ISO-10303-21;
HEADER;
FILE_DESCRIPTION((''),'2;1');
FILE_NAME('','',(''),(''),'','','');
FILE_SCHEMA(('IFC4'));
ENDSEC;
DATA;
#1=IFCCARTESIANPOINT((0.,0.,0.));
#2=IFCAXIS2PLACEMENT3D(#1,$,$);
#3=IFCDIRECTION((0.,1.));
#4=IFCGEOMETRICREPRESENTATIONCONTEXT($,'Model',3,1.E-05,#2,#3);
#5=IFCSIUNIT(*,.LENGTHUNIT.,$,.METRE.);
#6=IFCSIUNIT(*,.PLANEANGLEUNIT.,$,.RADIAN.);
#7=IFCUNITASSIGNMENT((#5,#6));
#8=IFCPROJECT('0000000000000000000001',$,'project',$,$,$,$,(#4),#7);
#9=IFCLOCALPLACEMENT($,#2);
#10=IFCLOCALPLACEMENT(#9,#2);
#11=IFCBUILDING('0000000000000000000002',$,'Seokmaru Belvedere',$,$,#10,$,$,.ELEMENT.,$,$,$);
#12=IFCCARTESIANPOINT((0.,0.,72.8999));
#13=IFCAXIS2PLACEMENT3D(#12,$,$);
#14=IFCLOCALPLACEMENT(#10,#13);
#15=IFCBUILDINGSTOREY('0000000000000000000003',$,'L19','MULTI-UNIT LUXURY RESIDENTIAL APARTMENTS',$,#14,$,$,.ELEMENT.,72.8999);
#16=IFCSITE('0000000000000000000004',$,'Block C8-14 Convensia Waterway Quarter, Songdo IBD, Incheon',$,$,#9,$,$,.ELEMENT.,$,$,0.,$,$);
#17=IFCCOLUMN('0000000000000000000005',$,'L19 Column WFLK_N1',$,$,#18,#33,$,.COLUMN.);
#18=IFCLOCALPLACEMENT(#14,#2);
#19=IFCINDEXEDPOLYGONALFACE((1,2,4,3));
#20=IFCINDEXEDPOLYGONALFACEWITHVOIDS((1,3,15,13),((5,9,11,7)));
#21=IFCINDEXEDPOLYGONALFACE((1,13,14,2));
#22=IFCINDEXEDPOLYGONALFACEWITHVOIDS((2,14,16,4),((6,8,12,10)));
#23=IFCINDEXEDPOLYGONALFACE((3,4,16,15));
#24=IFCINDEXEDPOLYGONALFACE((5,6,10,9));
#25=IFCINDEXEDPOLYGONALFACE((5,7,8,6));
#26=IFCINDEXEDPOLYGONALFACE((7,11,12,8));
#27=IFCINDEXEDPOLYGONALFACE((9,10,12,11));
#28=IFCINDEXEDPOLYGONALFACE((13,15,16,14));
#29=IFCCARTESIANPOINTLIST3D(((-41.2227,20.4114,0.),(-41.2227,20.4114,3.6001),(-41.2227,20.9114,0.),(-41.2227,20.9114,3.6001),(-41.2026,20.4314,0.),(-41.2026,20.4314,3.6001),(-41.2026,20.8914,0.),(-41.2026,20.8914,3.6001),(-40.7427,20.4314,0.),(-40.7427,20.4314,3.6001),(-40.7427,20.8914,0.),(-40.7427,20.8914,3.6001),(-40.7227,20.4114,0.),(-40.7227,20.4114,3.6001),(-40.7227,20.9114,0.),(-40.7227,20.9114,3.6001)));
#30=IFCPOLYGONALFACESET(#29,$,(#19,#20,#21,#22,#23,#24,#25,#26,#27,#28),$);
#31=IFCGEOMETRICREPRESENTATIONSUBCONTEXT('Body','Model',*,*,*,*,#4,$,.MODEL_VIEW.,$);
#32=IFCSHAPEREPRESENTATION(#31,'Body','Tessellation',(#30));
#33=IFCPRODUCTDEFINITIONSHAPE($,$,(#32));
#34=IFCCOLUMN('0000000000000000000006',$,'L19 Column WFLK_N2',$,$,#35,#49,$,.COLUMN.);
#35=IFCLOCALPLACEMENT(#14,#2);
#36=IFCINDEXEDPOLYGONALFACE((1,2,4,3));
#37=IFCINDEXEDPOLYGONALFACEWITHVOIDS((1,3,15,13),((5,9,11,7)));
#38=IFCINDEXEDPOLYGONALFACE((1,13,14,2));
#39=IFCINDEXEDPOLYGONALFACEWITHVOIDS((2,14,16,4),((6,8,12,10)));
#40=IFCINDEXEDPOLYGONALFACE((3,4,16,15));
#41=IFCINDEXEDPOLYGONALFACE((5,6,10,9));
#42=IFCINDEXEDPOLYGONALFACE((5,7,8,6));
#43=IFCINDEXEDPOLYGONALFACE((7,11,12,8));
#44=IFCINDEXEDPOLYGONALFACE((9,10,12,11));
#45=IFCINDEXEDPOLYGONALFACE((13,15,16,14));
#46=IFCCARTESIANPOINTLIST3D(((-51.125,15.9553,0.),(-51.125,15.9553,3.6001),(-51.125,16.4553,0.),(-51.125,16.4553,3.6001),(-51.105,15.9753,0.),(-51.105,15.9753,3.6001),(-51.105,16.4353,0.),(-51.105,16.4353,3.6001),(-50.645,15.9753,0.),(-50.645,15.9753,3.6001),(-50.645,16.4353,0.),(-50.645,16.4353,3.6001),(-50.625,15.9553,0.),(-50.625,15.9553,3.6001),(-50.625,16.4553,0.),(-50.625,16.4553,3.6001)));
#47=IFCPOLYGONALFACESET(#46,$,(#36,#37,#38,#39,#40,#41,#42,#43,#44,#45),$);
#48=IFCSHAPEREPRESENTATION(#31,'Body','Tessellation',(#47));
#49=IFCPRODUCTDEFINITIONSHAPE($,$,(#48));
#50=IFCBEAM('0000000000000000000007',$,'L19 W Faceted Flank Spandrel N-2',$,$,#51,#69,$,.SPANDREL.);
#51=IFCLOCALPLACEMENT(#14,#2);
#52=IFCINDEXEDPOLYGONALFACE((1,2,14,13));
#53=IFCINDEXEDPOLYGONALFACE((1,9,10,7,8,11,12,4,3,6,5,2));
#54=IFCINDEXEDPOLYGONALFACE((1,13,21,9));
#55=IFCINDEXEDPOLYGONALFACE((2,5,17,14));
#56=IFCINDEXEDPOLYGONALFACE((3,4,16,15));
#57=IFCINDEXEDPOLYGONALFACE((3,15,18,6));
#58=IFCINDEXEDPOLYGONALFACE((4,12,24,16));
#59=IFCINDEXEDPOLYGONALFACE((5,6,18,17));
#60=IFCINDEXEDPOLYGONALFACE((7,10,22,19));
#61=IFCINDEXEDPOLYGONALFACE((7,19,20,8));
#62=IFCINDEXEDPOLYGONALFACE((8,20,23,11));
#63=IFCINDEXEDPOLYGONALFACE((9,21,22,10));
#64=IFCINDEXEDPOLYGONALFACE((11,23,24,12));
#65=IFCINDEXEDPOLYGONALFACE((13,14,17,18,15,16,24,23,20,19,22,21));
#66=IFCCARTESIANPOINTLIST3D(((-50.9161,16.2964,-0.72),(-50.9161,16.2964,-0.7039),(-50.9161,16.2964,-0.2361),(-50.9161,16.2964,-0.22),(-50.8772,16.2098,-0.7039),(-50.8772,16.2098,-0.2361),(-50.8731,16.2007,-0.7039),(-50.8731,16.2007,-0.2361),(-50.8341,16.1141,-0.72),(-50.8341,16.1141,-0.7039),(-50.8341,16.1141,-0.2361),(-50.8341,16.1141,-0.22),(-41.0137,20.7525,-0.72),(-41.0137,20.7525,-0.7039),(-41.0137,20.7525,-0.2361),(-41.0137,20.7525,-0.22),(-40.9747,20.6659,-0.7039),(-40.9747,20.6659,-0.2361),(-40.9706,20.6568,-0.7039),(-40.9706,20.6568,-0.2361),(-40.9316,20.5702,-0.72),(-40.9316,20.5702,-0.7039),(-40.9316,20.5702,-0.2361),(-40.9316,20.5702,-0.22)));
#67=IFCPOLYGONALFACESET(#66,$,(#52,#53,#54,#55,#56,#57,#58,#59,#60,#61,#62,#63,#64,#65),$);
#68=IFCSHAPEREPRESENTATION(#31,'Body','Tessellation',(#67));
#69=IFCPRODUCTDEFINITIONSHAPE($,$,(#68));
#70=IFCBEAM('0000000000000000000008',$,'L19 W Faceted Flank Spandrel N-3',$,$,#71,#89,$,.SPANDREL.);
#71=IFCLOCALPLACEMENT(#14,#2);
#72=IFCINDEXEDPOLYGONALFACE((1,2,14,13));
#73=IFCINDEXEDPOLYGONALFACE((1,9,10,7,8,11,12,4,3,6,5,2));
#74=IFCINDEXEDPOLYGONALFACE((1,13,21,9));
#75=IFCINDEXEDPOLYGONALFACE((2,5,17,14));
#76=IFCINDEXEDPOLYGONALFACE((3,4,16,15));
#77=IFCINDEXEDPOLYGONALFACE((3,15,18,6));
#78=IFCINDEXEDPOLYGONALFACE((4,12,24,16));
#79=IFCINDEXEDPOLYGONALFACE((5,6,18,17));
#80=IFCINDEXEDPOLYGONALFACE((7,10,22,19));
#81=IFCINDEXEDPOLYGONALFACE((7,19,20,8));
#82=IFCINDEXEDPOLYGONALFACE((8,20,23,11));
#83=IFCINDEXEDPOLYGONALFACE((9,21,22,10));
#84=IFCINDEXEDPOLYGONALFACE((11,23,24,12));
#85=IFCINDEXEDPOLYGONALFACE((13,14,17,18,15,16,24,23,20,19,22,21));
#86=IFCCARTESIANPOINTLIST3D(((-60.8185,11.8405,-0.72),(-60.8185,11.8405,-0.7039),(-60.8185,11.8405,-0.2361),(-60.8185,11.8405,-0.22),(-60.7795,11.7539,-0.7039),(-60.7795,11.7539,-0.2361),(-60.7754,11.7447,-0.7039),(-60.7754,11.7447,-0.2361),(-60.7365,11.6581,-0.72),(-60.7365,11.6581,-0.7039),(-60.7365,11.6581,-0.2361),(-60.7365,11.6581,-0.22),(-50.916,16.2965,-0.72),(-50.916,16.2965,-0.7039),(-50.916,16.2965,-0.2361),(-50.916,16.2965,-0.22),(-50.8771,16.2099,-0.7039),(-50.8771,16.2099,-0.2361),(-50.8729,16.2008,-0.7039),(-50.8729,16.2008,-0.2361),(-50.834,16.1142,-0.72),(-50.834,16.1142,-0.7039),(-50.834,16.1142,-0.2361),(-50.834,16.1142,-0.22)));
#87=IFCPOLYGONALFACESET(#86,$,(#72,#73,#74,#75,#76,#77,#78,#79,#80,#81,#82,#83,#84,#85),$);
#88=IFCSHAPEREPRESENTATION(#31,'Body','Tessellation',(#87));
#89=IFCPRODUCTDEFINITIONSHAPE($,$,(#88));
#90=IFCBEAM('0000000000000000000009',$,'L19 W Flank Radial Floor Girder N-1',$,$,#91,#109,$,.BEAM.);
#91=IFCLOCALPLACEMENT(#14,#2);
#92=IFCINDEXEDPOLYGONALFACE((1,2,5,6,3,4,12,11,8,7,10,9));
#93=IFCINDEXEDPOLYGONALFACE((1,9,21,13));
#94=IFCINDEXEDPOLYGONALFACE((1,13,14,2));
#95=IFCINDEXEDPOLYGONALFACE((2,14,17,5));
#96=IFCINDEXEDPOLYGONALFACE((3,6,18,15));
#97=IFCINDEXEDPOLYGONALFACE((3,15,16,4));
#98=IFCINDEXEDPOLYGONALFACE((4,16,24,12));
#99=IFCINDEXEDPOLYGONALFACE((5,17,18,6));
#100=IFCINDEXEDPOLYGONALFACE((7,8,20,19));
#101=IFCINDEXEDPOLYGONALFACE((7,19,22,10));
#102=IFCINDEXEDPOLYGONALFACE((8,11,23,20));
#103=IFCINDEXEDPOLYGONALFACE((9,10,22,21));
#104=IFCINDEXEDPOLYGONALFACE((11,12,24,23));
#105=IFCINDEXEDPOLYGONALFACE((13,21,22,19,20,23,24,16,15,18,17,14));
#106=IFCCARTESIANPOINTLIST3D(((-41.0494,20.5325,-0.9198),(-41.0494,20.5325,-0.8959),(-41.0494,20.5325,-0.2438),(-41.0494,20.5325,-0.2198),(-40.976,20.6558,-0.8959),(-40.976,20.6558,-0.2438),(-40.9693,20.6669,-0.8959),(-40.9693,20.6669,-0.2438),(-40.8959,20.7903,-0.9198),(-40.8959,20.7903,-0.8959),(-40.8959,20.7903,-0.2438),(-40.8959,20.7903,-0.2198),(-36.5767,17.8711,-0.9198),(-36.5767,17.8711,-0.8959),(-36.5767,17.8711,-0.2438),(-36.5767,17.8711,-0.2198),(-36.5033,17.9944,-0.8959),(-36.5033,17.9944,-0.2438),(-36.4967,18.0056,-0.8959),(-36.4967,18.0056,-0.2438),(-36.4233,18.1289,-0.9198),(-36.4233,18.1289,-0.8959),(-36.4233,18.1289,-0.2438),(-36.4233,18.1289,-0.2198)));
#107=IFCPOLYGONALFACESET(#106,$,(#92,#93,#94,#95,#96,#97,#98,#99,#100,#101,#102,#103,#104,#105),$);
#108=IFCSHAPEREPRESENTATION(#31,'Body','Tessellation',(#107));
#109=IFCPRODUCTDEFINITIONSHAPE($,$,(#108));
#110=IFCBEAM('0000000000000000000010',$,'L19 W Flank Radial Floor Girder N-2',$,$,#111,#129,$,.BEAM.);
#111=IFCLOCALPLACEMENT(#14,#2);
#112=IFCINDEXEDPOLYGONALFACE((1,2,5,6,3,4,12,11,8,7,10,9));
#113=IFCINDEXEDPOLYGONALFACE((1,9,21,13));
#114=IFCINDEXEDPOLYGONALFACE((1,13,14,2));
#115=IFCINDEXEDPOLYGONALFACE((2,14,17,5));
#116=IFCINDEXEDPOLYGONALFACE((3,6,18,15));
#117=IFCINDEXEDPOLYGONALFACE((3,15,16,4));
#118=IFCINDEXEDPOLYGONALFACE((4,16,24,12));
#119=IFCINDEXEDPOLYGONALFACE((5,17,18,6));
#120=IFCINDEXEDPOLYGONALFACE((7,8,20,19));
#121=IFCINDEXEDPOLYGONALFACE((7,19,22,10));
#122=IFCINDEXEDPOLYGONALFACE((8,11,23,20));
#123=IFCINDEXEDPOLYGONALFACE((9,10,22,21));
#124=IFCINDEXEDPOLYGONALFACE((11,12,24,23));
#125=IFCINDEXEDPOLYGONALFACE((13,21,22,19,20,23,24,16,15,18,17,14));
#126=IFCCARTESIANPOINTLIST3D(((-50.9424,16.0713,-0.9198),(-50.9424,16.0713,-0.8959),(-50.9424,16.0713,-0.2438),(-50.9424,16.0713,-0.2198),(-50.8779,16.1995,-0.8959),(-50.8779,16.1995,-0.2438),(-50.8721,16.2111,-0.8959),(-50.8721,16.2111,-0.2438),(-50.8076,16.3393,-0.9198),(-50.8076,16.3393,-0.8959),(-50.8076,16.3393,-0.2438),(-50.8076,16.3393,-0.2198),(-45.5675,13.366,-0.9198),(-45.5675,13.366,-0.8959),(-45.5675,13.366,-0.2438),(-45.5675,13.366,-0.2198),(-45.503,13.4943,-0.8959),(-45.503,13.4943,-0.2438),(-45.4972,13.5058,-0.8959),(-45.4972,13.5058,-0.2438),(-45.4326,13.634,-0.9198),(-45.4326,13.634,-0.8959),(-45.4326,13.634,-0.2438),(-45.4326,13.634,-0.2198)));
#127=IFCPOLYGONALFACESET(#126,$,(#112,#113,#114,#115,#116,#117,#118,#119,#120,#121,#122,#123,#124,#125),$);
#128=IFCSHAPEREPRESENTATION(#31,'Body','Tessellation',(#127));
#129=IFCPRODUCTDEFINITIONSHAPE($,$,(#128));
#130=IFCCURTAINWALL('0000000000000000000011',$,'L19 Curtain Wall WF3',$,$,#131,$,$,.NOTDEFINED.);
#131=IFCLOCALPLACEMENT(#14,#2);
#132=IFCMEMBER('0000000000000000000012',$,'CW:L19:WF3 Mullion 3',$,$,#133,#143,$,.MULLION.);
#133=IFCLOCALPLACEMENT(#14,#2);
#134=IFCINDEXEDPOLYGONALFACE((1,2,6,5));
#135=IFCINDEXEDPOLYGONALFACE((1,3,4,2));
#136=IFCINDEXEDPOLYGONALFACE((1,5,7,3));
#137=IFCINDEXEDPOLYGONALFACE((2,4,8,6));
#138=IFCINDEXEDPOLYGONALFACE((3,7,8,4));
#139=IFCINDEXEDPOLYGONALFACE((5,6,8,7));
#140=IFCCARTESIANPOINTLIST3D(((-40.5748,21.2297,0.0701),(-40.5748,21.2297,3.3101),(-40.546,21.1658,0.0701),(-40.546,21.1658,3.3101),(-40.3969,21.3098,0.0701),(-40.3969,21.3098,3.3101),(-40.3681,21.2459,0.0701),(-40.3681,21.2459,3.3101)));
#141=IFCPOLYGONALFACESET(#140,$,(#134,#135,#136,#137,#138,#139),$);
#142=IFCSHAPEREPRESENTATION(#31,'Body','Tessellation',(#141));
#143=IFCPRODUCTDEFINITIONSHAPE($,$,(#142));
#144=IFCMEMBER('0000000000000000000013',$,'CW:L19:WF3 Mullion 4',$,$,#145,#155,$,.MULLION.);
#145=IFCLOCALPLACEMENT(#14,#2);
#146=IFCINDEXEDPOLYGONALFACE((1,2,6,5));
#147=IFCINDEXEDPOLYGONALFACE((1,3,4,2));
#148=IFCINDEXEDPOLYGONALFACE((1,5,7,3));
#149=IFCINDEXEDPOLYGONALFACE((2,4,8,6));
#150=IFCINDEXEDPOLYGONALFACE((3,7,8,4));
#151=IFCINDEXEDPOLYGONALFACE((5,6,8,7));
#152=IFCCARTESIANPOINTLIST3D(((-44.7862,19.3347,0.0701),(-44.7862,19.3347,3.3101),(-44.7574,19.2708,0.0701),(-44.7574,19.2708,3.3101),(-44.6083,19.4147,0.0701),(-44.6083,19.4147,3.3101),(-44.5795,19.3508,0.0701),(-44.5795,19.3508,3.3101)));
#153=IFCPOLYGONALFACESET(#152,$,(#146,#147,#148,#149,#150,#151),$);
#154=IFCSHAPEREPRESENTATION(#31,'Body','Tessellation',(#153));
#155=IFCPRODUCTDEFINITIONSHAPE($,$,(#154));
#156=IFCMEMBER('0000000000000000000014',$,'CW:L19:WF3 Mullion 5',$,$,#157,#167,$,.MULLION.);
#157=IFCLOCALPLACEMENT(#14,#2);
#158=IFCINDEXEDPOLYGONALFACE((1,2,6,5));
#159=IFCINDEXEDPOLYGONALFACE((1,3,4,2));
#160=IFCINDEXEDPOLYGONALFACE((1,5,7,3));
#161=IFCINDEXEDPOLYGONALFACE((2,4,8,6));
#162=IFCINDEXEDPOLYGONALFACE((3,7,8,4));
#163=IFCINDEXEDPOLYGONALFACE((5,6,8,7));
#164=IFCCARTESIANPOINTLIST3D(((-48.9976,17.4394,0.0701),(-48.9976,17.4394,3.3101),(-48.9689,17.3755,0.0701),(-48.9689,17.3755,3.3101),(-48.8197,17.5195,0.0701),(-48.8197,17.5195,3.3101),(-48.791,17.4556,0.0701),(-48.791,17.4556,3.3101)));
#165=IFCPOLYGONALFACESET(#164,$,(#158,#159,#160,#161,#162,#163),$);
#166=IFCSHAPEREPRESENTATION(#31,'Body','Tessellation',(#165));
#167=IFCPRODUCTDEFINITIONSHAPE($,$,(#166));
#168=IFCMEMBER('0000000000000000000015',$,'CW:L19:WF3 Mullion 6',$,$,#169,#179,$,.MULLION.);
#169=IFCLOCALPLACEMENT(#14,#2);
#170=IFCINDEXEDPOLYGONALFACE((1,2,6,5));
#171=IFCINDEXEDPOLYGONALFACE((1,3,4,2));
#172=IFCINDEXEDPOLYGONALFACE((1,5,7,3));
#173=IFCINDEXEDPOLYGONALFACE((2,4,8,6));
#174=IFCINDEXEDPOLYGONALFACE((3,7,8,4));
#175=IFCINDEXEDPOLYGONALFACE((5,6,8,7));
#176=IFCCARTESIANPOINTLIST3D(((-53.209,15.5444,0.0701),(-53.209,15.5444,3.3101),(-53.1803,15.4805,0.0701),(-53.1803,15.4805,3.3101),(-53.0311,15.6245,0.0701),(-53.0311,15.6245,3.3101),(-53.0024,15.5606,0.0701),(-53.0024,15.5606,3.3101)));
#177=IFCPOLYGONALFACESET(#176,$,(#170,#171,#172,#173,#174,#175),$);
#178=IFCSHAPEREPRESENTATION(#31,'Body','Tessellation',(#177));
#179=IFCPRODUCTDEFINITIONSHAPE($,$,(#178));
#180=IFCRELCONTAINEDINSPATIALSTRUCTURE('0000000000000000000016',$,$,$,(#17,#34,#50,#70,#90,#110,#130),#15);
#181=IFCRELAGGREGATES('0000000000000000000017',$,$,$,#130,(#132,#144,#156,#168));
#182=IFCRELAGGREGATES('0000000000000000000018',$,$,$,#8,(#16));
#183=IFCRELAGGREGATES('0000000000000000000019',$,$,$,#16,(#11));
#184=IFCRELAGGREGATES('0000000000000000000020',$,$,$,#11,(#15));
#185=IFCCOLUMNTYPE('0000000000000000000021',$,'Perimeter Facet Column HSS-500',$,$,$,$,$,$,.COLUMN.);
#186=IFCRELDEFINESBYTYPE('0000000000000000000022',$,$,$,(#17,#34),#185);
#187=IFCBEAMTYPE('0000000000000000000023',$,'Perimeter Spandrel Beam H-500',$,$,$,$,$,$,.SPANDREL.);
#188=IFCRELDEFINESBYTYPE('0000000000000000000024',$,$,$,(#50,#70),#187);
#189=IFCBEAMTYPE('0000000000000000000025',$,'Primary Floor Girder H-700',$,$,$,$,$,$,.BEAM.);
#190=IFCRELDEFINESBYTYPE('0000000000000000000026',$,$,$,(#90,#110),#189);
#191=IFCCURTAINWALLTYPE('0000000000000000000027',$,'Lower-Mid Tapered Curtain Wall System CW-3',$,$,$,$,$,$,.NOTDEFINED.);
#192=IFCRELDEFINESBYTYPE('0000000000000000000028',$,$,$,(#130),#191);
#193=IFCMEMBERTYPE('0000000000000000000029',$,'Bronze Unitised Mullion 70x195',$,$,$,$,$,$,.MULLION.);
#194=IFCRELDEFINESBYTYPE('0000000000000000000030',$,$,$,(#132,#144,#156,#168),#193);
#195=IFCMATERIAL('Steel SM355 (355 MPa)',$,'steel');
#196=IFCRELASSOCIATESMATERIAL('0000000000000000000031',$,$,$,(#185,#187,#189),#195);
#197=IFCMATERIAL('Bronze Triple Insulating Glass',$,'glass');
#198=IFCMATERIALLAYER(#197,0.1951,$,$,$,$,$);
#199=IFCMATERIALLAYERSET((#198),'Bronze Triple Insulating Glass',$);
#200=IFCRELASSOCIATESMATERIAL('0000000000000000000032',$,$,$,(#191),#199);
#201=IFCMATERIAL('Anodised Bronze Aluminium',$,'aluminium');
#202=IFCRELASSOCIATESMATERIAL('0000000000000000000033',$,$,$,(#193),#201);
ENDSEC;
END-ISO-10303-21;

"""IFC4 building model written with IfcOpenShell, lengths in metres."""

from ifc_helpers import new_model, si_unit, direction, frame, origin, origin_2d, place, context, subcontext, project, spatial, rectangle, hollow_rectangle, i_section, extrude, source, transform, mapped, material, layer, layer_set, material_profile, profile_set, type_object, type_shapes, element, aggregate, save


model = new_model("IFC4")

# Units and contexts
model_context = context("Model", 3, precision=1e-05, world=origin(), true_north=direction((0.0, 1.0)))
body_context = subcontext(model_context, "Body", "Model", "MODEL_VIEW")
ifc_project = project(units=[si_unit("LENGTHUNIT", "METRE"), si_unit("PLANEANGLEUNIT", "RADIAN")], contexts=[model_context])

# Site, building, storey
site_placement = place(None, origin())
site = spatial("IfcSite", under=ifc_project, at=site_placement, Name="Block C8-14 Convensia Waterway Quarter, Songdo IBD, Incheon", CompositionType="ELEMENT", RefElevation=0.0)
building_placement = place(site_placement, origin())
building = spatial("IfcBuilding", under=site, at=building_placement, Name="Seokmaru Belvedere", CompositionType="ELEMENT")
storey_placement = place(building_placement, frame((0.0, 0.0, 72.8999)))
storey = spatial("IfcBuildingStorey", under=building, at=storey_placement, Name="L19", Description="MULTI-UNIT LUXURY RESIDENTIAL APARTMENTS", CompositionType="ELEMENT", Elevation=72.8999)

# Columns
ifc_material_1 = material(Name="Steel SM355 (355 MPa)", Category="steel")
ifc_material_profile_1 = material_profile(ifc_material_1, hollow_rectangle(XDim=0.5, YDim=0.5, WallThickness=0.02, at=origin_2d()), Name="HSS-500x500x20")
ifc_profile_set_1 = profile_set([ifc_material_profile_1], Name="Steel SM355 (355 MPa)")
column_type = type_object("IfcColumnType", Name="Perimeter Facet Column HSS-500", PredefinedType="COLUMN", material=ifc_profile_set_1)
shared_shape_1 = source(origin(), body_context, "Body", "SweptSolid", [
    extrude(hollow_rectangle(XDim=0.5, YDim=0.5, WallThickness=0.02, at=origin_2d()), origin(), (0.0, 0.0, 1.0), 3.6001),
])
type_shapes(column_type, [shared_shape_1])
for number, where, z_axis, x_axis, name in (
    (1, (-40.9727, 20.6614, 0.0), (0.0, 0.0, 1.0), (1.0, 0.0, 0.0), "L19 Column WFLK_N1"),
    (2, (-50.875, 16.2053, 0.0), (0.0, 0.0, 1.0), (1.0, 0.0, 0.0), "L19 Column WFLK_N2"),
):
    element("IfcColumn", number, at=place(storey_placement, frame(where, z_axis=z_axis, x_axis=x_axis)), inside=storey, type_object=column_type, Name=name, PredefinedType="COLUMN", context=body_context, shape_type="MappedRepresentation", body=[
        mapped(shared_shape_1, transform((0.0, 0.0, 0.0), scale=1.0)),
    ])

# Beams
ifc_material_profile_2 = material_profile(ifc_material_1, i_section(OverallWidth=0.2, OverallDepth=0.5, WebThickness=0.01, FlangeThickness=0.0161, at=origin_2d()), Name="H-500x200x10x16")
ifc_profile_set_2 = profile_set([ifc_material_profile_2], Name="Steel SM355 (355 MPa)")
beam_type_1 = type_object("IfcBeamType", Name="Perimeter Spandrel Beam H-500", PredefinedType="SPANDREL", material=ifc_profile_set_2)
shared_shape_2 = source(origin(), body_context, "Body", "SweptSolid", [
    extrude(i_section(OverallWidth=0.2, OverallDepth=0.5, WebThickness=0.01, FlangeThickness=0.0161, at=origin_2d()), origin(), (0.0, 0.0, 1.0), 10.8589),
])
type_shapes(beam_type_1, [shared_shape_2])
for number, where, z_axis, x_axis, name in (
    (3, (-40.9727, 20.6614, -0.47), (-0.911922, -0.410365, 0.0), (0.410365, -0.911922, 0.0), "L19 W Faceted Flank Spandrel N-2"),
    (4, (-50.875, 16.2053, -0.47), (-0.911925, -0.410356, 0.0), (0.410356, -0.911925, 0.0), "L19 W Faceted Flank Spandrel N-3"),
):
    element("IfcBeam", number, at=place(storey_placement, frame(where, z_axis=z_axis, x_axis=x_axis)), inside=storey, type_object=beam_type_1, Name=name, PredefinedType="SPANDREL", context=body_context, shape_type="MappedRepresentation", body=[
        mapped(shared_shape_2, transform((0.0, 0.0, 0.0), scale=1.0)),
    ])
ifc_material_profile_3 = material_profile(ifc_material_1, i_section(OverallWidth=0.3, OverallDepth=0.7, WebThickness=0.0129, FlangeThickness=0.0239, at=origin_2d()), Name="H-700x300x13x24")
ifc_profile_set_3 = profile_set([ifc_material_profile_3], Name="Steel SM355 (355 MPa)")
beam_type_2 = type_object("IfcBeamType", Name="Primary Floor Girder H-700", PredefinedType="BEAM", material=ifc_profile_set_3)
shared_shape_3 = source(origin(), body_context, "Body", "SweptSolid", [
    extrude(i_section(OverallWidth=0.3, OverallDepth=0.7, WebThickness=0.0129, FlangeThickness=0.0239, at=origin_2d()), origin(), (0.0, 0.0, 1.0), 5.2046),
])
beam_1_placement = place(storey_placement, frame((-40.9727, 20.6614, -0.5698), z_axis=(0.85937, -0.511354, 0.0), x_axis=(0.511354, 0.85937, 0.0)))
element("IfcBeam", 5, at=beam_1_placement, inside=storey, type_object=beam_type_2, Name="L19 W Flank Radial Floor Girder N-1", PredefinedType="BEAM", context=body_context, shape_type="MappedRepresentation", body=[
    mapped(shared_shape_3, transform((0.0, 0.0, 0.0), scale=1.0)),
])
shared_shape_4 = source(origin(), body_context, "Body", "SweptSolid", [
    extrude(i_section(OverallWidth=0.3, OverallDepth=0.7, WebThickness=0.0129, FlangeThickness=0.0239, at=origin_2d()), origin(), (0.0, 0.0, 1.0), 6.0173),
])
type_shapes(beam_type_2, [shared_shape_3, shared_shape_4])
beam_2_placement = place(storey_placement, frame((-50.875, 16.2053, -0.5698), z_axis=(0.893239, -0.449581, 0.0), x_axis=(0.449581, 0.893239, 0.0)))
element("IfcBeam", 6, at=beam_2_placement, inside=storey, type_object=beam_type_2, Name="L19 W Flank Radial Floor Girder N-2", PredefinedType="BEAM", context=body_context, shape_type="MappedRepresentation", body=[
    mapped(shared_shape_4, transform((0.0, 0.0, 0.0), scale=1.0)),
])

# Curtain wall, members
ifc_material_2 = material(Name="Bronze Triple Insulating Glass", Category="glass")
ifc_layer_1 = layer(ifc_material_2, 0.1951)
ifc_layer_set_1 = layer_set([ifc_layer_1], Name="Bronze Triple Insulating Glass")
curtain_wall_type = type_object("IfcCurtainWallType", Name="Lower-Mid Tapered Curtain Wall System CW-3", PredefinedType="NOTDEFINED", material=ifc_layer_set_1)
curtain_wall_placement = place(storey_placement, origin())
curtain_wall = element("IfcCurtainWall", 7, at=curtain_wall_placement, inside=storey, type_object=curtain_wall_type, Name="L19 Curtain Wall WF3", PredefinedType="NOTDEFINED")
ifc_material_3 = material(Name="Anodised Bronze Aluminium", Category="aluminium")
ifc_material_profile_4 = material_profile(ifc_material_3, rectangle(XDim=0.0701, YDim=0.1951, at=origin_2d()), Name="CW-M-70x195")
ifc_profile_set_4 = profile_set([ifc_material_profile_4], Name="Anodised Bronze Aluminium")
member_type = type_object("IfcMemberType", Name="Bronze Unitised Mullion 70x195", PredefinedType="MULLION", material=ifc_profile_set_4)
shared_shape_5 = source(origin(), body_context, "Body", "SweptSolid", [
    extrude(rectangle(XDim=0.0701, YDim=0.1951, at=origin_2d()), origin(), (0.0, 0.0, 1.0), 3.24),
])
type_shapes(member_type, [shared_shape_5])
member_1_placement = place(storey_placement, frame((-40.4714, 21.2378, 0.0701), z_axis=(0.0, 0.0, 1.0), x_axis=(0.410366, -0.911921, 0.0)))
member_1 = element("IfcMember", 8, at=member_1_placement, type_object=member_type, Name="CW:L19:WF3 Mullion 3", PredefinedType="MULLION", context=body_context, shape_type="MappedRepresentation", body=[
    mapped(shared_shape_5, transform((0.0, 0.0, 0.0), scale=1.0)),
])
member_2_placement = place(storey_placement, frame((-44.6829, 19.3428, 0.0701), z_axis=(0.0, 0.0, 1.0), x_axis=(0.410366, -0.911921, 0.0)))
member_2 = element("IfcMember", 9, at=member_2_placement, type_object=member_type, Name="CW:L19:WF3 Mullion 4", PredefinedType="MULLION", context=body_context, shape_type="MappedRepresentation", body=[
    mapped(shared_shape_5, transform((0.0, 0.0, 0.0), scale=1.0)),
])
member_3_placement = place(storey_placement, frame((-48.8943, 17.4475, 0.0701), z_axis=(0.0, 0.0, 1.0), x_axis=(0.410366, -0.911921, 0.0)))
member_3 = element("IfcMember", 10, at=member_3_placement, type_object=member_type, Name="CW:L19:WF3 Mullion 5", PredefinedType="MULLION", context=body_context, shape_type="MappedRepresentation", body=[
    mapped(shared_shape_5, transform((0.0, 0.0, 0.0), scale=1.0)),
])
member_4_placement = place(storey_placement, frame((-53.1057, 15.5525, 0.0701), z_axis=(0.0, 0.0, 1.0), x_axis=(0.410366, -0.911921, 0.0)))
member_4 = element("IfcMember", 11, at=member_4_placement, type_object=member_type, Name="CW:L19:WF3 Mullion 6", PredefinedType="MULLION", context=body_context, shape_type="MappedRepresentation", body=[
    mapped(shared_shape_5, transform((0.0, 0.0, 0.0), scale=1.0)),
])
aggregate(curtain_wall, [member_1, member_2, member_3, member_4])

save(model, "model.ifc")
